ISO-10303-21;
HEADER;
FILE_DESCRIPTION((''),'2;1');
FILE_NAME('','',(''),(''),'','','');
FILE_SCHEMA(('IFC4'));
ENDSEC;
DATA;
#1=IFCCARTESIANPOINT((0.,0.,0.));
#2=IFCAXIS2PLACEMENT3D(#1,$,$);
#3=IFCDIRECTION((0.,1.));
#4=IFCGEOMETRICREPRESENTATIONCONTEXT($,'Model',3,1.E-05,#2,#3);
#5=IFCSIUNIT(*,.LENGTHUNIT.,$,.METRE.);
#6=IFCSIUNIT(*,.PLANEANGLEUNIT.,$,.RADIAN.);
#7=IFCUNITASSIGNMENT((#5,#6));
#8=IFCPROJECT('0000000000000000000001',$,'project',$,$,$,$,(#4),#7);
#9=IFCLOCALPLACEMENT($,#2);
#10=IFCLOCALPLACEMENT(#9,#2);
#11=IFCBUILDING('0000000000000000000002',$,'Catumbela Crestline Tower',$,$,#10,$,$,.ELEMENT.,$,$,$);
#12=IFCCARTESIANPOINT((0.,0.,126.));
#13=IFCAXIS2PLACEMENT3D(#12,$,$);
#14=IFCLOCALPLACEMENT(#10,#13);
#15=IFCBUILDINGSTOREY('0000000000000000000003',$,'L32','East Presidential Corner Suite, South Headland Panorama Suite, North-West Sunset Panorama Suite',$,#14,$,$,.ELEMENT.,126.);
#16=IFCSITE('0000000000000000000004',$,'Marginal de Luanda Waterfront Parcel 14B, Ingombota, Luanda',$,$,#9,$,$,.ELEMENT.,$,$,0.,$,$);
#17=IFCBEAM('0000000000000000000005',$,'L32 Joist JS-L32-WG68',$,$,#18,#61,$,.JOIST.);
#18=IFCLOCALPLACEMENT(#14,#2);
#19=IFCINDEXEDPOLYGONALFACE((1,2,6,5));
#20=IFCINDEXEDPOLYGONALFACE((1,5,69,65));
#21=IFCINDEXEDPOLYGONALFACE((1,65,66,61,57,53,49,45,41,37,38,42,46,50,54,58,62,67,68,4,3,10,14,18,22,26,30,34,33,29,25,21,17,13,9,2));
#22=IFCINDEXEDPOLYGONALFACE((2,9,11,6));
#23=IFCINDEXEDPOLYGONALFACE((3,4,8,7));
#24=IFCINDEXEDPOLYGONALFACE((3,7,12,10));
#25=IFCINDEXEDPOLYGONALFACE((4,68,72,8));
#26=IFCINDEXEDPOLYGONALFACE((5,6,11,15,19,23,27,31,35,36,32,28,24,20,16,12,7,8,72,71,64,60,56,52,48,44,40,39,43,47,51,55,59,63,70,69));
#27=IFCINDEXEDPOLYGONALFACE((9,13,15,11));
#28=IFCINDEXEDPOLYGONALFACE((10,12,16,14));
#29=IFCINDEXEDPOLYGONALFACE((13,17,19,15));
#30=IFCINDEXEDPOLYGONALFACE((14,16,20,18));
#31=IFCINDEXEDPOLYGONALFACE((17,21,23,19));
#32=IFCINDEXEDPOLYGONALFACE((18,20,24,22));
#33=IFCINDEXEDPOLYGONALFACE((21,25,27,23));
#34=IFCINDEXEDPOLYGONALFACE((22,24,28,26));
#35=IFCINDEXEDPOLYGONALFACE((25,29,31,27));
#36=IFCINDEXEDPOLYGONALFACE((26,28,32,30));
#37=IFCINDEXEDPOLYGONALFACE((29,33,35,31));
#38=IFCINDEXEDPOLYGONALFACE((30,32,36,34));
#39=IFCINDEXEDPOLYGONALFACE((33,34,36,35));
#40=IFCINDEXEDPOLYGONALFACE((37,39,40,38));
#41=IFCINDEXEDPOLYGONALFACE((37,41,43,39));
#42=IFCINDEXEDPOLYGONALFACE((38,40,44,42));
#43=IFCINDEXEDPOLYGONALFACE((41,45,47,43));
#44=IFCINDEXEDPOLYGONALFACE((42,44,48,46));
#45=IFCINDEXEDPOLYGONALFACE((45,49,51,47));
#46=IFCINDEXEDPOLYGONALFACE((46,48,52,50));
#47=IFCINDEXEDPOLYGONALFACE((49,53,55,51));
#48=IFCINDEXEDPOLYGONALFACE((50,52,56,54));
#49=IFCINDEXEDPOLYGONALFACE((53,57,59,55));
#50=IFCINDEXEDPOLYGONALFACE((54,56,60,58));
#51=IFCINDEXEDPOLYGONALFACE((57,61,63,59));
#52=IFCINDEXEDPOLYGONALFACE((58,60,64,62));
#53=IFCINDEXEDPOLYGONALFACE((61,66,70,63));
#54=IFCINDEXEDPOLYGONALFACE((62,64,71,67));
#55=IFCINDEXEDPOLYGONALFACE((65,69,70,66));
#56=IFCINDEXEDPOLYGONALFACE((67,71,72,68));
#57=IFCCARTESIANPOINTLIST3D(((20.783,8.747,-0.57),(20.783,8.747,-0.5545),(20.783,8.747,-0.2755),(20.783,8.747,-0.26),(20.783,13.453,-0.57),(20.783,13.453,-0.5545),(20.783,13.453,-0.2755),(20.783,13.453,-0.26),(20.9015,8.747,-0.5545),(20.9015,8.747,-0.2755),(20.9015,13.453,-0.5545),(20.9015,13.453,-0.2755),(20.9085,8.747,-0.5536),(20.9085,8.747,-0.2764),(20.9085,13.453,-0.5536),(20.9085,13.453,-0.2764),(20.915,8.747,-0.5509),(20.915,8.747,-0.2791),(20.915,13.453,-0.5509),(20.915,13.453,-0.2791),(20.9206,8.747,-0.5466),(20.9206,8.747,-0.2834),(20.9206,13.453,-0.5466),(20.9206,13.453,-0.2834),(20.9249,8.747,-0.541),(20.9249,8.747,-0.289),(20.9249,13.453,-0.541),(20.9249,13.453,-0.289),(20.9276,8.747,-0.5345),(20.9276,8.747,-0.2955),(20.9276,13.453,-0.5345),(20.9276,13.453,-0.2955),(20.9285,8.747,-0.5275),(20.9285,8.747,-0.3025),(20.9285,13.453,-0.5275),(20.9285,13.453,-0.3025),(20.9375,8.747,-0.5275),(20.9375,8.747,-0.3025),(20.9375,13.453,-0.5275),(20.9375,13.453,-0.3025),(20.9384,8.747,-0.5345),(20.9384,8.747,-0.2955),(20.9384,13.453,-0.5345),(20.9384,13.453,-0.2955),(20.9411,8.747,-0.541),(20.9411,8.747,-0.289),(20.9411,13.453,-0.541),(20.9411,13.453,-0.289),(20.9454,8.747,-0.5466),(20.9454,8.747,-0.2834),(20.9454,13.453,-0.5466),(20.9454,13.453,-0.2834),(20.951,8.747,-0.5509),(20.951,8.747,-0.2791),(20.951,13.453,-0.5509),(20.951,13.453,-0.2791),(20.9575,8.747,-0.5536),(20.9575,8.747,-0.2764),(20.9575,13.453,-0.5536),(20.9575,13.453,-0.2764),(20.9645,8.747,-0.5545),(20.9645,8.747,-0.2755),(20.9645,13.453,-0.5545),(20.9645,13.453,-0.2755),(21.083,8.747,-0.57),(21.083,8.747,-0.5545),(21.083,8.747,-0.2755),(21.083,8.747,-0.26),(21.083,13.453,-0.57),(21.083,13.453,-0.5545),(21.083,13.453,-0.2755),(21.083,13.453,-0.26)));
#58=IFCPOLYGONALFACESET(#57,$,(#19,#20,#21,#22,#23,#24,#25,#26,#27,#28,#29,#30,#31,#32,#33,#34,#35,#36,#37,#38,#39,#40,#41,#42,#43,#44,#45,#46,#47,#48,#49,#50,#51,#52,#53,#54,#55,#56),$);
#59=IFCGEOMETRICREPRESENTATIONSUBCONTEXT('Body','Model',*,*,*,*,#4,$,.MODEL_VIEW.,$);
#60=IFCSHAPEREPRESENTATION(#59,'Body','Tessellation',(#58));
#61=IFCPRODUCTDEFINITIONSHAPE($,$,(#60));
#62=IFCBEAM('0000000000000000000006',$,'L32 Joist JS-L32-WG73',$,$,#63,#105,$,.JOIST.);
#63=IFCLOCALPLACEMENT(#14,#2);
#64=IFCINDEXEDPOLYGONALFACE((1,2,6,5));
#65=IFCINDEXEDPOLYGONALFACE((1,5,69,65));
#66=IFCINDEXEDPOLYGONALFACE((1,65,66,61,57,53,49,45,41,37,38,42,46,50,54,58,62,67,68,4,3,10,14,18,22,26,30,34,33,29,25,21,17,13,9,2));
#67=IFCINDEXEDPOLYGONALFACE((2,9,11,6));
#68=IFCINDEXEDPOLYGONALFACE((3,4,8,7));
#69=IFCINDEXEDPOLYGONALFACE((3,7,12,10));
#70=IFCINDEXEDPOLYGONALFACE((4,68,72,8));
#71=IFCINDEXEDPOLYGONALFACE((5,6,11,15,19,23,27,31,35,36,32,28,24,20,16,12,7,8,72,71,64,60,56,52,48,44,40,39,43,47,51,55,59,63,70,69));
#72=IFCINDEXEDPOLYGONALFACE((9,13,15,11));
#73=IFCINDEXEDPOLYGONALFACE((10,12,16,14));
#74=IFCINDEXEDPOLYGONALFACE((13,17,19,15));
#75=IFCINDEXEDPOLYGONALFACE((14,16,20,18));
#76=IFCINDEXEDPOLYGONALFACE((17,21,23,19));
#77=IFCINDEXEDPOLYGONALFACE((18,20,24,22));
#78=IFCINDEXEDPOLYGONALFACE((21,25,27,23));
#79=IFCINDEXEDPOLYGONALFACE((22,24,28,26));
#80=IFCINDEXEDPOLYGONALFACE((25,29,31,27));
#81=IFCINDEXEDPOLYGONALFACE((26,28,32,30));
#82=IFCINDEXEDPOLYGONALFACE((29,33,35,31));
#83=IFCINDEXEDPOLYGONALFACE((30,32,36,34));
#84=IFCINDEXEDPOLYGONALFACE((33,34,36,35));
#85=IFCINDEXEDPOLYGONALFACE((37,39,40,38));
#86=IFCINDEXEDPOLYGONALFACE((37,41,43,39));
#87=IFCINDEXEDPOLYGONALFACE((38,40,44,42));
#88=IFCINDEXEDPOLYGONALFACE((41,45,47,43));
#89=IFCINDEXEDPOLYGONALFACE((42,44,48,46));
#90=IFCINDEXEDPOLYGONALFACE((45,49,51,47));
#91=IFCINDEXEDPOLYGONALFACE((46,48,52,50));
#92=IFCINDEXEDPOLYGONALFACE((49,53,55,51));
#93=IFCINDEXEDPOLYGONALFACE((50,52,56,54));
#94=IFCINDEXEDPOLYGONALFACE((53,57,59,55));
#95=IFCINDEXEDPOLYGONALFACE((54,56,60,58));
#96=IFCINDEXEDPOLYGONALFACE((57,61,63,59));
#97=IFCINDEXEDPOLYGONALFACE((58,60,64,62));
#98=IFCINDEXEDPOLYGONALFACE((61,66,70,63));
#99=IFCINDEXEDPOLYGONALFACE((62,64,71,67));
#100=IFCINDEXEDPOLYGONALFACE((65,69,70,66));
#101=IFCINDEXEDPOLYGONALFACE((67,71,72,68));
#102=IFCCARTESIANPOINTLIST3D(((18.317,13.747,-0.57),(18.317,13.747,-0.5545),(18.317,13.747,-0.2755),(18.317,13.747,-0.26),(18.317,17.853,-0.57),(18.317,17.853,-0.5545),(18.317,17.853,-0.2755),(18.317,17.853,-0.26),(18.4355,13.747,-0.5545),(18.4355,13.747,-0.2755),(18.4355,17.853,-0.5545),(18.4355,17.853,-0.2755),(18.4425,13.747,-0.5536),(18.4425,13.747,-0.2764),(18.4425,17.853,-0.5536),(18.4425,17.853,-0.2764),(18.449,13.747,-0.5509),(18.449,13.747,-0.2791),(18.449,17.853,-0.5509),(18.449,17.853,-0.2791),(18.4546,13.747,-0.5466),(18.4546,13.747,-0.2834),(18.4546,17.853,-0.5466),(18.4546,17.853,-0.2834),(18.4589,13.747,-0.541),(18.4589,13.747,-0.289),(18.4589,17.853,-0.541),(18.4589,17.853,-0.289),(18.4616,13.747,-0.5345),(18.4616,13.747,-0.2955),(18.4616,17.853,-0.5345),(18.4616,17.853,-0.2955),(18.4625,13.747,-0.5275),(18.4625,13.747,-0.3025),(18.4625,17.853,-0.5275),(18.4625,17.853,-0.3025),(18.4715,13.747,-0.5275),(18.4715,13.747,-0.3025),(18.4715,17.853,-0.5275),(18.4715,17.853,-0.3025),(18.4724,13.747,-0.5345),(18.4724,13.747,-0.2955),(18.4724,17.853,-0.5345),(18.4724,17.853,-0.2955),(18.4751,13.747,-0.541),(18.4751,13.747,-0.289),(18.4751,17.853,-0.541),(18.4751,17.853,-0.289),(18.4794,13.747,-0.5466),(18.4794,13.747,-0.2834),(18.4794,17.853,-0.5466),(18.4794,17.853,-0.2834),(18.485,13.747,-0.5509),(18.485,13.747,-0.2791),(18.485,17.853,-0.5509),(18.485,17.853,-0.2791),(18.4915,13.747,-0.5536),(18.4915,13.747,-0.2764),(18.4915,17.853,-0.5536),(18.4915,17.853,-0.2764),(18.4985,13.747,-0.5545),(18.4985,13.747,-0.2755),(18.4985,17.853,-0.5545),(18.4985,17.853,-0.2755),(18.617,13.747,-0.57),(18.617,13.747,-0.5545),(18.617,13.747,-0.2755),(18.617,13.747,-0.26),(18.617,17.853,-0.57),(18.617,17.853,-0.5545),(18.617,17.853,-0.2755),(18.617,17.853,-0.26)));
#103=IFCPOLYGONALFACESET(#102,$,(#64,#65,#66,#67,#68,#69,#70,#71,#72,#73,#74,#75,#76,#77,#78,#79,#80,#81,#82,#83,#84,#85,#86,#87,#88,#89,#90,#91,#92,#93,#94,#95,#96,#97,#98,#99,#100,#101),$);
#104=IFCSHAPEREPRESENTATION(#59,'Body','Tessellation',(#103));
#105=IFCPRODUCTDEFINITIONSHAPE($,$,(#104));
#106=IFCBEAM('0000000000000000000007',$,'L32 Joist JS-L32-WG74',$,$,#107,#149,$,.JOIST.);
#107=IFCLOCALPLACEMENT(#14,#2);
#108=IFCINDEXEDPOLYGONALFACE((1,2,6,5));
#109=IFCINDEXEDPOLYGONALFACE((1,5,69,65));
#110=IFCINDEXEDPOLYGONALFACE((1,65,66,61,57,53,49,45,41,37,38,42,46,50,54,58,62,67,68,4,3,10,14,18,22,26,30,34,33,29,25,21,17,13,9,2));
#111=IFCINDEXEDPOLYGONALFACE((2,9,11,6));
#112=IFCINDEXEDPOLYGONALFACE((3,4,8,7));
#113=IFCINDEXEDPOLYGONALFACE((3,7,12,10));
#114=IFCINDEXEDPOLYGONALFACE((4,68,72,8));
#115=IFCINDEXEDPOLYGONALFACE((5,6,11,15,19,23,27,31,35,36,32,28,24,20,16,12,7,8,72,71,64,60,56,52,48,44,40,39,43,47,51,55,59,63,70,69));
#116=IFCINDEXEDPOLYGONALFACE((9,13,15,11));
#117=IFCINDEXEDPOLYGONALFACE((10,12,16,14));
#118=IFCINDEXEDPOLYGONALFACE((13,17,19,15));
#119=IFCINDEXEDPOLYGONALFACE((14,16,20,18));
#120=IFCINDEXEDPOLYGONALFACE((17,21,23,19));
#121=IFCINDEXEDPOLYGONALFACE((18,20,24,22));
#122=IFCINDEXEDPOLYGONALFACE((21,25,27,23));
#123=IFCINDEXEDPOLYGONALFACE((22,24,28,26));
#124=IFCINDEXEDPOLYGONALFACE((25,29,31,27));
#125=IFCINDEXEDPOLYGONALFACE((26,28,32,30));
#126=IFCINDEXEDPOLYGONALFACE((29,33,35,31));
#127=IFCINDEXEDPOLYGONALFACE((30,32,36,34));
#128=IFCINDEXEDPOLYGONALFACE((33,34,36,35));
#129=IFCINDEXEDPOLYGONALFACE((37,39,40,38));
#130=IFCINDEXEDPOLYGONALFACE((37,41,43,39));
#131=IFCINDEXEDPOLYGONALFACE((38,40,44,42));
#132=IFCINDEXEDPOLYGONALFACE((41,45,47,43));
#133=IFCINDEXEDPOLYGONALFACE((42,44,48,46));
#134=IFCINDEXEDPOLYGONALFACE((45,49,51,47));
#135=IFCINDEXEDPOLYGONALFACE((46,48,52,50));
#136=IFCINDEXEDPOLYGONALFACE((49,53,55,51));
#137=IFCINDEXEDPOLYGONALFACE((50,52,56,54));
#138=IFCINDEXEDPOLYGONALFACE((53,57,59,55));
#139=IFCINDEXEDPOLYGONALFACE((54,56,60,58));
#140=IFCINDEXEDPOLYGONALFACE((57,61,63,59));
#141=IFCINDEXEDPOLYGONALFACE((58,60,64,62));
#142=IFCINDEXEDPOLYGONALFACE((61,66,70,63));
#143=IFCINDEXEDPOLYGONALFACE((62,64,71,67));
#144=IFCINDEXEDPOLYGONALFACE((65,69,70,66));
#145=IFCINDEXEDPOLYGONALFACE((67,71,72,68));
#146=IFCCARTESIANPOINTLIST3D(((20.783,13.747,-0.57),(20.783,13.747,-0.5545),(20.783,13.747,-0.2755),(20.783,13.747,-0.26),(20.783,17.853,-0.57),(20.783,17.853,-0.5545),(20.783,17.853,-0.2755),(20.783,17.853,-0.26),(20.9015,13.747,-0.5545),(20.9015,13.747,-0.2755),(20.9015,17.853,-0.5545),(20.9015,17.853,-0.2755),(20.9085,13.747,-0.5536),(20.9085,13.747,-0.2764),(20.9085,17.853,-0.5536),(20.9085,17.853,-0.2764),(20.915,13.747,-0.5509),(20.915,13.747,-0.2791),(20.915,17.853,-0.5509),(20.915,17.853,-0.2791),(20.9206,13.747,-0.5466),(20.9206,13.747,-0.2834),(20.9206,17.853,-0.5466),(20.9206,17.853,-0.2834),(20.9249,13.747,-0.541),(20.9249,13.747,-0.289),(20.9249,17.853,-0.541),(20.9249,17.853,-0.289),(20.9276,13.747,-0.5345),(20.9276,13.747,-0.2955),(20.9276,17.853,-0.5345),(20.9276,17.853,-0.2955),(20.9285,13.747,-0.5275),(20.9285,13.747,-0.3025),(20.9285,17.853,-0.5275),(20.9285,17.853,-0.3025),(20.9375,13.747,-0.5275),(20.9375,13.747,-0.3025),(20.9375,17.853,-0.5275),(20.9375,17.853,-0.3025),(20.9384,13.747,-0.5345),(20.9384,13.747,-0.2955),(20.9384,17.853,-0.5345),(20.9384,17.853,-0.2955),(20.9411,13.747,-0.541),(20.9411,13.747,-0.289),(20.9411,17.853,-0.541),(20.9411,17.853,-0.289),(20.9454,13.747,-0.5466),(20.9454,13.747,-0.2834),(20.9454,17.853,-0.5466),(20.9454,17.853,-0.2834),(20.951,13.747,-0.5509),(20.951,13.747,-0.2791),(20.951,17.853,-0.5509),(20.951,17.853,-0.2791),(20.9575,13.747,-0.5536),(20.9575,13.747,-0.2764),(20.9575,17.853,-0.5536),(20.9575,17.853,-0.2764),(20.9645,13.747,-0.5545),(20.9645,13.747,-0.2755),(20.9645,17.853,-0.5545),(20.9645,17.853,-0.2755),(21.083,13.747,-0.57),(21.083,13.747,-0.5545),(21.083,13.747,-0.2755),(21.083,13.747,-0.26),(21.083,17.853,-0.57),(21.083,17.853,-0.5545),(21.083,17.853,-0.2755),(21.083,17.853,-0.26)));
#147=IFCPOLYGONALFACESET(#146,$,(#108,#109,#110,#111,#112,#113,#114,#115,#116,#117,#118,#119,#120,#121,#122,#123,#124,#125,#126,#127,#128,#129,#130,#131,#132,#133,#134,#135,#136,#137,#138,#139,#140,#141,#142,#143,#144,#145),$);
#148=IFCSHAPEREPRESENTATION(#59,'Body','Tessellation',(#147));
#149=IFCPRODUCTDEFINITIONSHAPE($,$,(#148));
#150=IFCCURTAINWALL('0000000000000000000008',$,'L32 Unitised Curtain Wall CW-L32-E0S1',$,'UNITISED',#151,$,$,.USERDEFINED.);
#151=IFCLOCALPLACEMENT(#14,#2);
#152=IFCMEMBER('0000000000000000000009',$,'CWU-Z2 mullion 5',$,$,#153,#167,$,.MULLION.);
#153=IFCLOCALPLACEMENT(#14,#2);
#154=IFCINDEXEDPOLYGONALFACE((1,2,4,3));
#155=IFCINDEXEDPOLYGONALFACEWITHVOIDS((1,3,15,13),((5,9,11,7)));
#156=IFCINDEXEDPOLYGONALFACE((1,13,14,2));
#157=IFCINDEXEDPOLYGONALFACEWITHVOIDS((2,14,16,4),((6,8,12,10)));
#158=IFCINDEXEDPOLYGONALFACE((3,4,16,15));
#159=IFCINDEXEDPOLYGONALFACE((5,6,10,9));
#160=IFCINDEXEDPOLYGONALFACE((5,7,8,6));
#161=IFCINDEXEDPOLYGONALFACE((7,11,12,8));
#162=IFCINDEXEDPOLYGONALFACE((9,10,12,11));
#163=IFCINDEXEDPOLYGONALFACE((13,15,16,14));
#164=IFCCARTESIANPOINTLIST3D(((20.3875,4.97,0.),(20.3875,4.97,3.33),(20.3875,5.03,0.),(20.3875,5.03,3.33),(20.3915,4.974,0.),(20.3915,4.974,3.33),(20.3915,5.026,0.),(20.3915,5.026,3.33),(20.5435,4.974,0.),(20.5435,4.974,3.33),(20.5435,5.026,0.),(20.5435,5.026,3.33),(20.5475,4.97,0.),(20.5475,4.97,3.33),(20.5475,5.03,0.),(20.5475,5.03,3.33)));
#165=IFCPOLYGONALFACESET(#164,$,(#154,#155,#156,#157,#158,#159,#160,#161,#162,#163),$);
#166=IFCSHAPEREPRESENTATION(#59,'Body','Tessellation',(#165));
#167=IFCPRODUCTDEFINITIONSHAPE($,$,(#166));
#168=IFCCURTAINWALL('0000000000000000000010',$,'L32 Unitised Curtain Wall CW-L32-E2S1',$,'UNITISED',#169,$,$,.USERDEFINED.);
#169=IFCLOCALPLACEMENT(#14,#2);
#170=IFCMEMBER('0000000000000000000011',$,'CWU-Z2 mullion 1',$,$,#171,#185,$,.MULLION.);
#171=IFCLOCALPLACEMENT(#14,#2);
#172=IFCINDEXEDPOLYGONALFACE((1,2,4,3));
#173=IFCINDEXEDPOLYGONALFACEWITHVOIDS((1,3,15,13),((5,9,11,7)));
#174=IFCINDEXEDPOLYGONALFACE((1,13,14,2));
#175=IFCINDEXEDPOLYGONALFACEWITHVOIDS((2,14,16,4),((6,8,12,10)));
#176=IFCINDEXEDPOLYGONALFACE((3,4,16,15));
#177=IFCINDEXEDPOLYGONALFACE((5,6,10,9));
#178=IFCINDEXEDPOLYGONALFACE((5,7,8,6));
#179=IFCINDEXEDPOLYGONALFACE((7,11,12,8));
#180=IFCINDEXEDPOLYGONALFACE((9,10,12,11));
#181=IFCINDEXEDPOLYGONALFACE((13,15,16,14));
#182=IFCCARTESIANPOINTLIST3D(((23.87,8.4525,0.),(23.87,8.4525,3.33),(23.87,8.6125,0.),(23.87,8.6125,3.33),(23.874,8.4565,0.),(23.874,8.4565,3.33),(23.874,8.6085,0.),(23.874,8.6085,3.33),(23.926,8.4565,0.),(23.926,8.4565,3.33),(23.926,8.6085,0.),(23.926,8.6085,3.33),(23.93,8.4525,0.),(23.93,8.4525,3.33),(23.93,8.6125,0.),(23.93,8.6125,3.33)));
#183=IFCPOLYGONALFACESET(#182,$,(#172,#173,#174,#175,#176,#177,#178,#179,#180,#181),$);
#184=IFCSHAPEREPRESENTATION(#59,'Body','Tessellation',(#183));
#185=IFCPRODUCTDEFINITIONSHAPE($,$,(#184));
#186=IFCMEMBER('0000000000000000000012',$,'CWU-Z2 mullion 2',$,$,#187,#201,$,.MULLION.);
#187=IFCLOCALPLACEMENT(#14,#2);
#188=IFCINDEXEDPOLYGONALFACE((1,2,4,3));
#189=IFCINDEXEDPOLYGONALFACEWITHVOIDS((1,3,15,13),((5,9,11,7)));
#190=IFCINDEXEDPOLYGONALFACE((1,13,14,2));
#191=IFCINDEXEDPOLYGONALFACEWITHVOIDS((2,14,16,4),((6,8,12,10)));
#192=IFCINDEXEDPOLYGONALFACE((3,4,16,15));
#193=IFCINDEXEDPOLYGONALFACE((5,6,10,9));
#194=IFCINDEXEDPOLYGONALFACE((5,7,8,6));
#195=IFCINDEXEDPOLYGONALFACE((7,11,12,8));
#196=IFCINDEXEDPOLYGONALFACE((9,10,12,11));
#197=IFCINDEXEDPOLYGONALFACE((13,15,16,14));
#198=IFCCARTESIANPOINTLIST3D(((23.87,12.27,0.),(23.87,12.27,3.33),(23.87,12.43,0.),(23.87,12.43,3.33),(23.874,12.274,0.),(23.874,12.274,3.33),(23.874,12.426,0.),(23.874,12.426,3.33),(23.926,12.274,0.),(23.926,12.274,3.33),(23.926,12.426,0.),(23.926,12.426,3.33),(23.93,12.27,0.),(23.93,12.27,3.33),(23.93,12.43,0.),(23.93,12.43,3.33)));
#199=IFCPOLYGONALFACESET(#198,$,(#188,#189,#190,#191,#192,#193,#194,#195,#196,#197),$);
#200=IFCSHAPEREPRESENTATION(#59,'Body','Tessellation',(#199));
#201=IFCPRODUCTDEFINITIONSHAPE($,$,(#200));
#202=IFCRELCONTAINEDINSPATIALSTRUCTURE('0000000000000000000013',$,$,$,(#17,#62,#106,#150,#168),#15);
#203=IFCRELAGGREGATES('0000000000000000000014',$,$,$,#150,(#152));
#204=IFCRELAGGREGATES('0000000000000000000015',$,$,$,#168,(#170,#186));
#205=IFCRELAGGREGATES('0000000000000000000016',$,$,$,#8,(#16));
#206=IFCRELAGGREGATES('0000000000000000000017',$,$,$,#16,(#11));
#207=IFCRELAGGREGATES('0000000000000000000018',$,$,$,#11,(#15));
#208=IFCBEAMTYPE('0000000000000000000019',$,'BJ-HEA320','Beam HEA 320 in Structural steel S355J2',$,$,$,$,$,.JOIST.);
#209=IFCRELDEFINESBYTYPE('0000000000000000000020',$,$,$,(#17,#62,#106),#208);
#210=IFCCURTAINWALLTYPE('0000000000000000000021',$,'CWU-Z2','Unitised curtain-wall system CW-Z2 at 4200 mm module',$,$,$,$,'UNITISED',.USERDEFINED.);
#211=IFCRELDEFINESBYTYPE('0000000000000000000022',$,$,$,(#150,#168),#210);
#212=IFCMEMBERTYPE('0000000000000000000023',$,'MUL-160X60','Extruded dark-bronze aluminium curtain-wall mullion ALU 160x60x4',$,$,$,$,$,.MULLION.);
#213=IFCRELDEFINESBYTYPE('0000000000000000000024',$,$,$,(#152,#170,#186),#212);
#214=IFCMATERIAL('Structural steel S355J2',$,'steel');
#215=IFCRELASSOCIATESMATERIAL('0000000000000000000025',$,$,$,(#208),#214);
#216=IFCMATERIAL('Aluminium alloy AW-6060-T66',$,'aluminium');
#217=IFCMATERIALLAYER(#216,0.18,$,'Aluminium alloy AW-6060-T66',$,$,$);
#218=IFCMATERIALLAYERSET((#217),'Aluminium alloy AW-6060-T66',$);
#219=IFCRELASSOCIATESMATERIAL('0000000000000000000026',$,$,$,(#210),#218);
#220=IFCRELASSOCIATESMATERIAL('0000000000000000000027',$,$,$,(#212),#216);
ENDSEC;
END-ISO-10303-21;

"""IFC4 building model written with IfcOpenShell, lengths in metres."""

from ifc_helpers import new_model, si_unit, direction, frame, origin, origin_2d, place, context, subcontext, project, spatial, hollow_rectangle, i_section, extrude, material, layer, layer_set, material_profile, profile_set, type_object, element, aggregate, save


model = new_model("IFC4")

# Units and contexts
model_context = context("Model", 3, precision=1e-05, world=origin(), true_north=direction((0.0, 1.0)))
body_context = subcontext(model_context, "Body", "Model", "MODEL_VIEW")
ifc_project = project(units=[si_unit("LENGTHUNIT", "METRE"), si_unit("PLANEANGLEUNIT", "RADIAN")], contexts=[model_context])

# Site, building, storey
site_placement = place(None, origin())
site = spatial("IfcSite", under=ifc_project, at=site_placement, Name="Marginal de Luanda Waterfront Parcel 14B, Ingombota, Luanda", CompositionType="ELEMENT", RefElevation=0.0)
building_placement = place(site_placement, origin())
building = spatial("IfcBuilding", under=site, at=building_placement, Name="Catumbela Crestline Tower", CompositionType="ELEMENT")
storey_placement = place(building_placement, frame((0.0, 0.0, 126.0)))
storey = spatial("IfcBuildingStorey", under=building, at=storey_placement, Name="L32", Description="East Presidential Corner Suite, South Headland Panorama Suite, North-West Sunset Panorama Suite", CompositionType="ELEMENT", Elevation=126.0)

# Beams
ifc_material_1 = material(Name="Structural steel S355J2", Category="steel")
ifc_material_profile_1 = material_profile(ifc_material_1, i_section(OverallWidth=0.3, OverallDepth=0.31, WebThickness=0.009, FlangeThickness=0.0155, FilletRadius=0.027, at=origin_2d()), Name="HEA 320")
ifc_profile_set_1 = profile_set([ifc_material_profile_1], Name="Structural steel S355J2")
beam_type_1 = type_object("IfcBeamType", Name="BJ-HEA320", Description="Beam HEA 320 in Structural steel S355J2", PredefinedType="JOIST", material=ifc_profile_set_1)
for number, where, z_axis, x_axis, name in (
    (1, (20.933, 8.747, -0.415), (0.0, 1.0, 0.0), (-1.0, 0.0, 0.0), "L32 Joist JS-L32-WG68"),
):
    element("IfcBeam", number, at=place(storey_placement, frame(where, z_axis=z_axis, x_axis=x_axis)), inside=storey, type_object=beam_type_1, Name=name, PredefinedType="JOIST", context=body_context, shape_type="SweptSolid", body=[
        extrude(i_section(OverallWidth=0.3, OverallDepth=0.31, WebThickness=0.009, FlangeThickness=0.0155, FilletRadius=0.027, at=origin_2d()), origin(), (0.0, 0.0, 1.0), 4.706),
    ])
for number, where, z_axis, x_axis, name in (
    (2, (18.467, 13.747, -0.415), (0.0, 1.0, 0.0), (-1.0, 0.0, 0.0), "L32 Joist JS-L32-WG73"),
    (3, (20.933, 13.747, -0.415), (0.0, 1.0, 0.0), (-1.0, 0.0, 0.0), "L32 Joist JS-L32-WG74"),
):
    element("IfcBeam", number, at=place(storey_placement, frame(where, z_axis=z_axis, x_axis=x_axis)), inside=storey, type_object=beam_type_1, Name=name, PredefinedType="JOIST", context=body_context, shape_type="SweptSolid", body=[
        extrude(i_section(OverallWidth=0.3, OverallDepth=0.31, WebThickness=0.009, FlangeThickness=0.0155, FilletRadius=0.027, at=origin_2d()), origin(), (0.0, 0.0, 1.0), 4.106),
    ])

# Curtain wall, member
ifc_material_2 = material(Name="Aluminium alloy AW-6060-T66", Category="aluminium")
ifc_layer_1 = layer(ifc_material_2, 0.18, Name="Aluminium alloy AW-6060-T66")
ifc_layer_set_1 = layer_set([ifc_layer_1], Name="Aluminium alloy AW-6060-T66")
curtain_wall_type = type_object("IfcCurtainWallType", Name="CWU-Z2", Description="Unitised curtain-wall system CW-Z2 at 4200 mm module", ElementType="UNITISED", PredefinedType="USERDEFINED", material=ifc_layer_set_1)
curtain_wall_1_placement = place(storey_placement, origin())
curtain_wall_1 = element("IfcCurtainWall", 4, at=curtain_wall_1_placement, inside=storey, type_object=curtain_wall_type, Name="L32 Unitised Curtain Wall CW-L32-E0S1", ObjectType="UNITISED", PredefinedType="USERDEFINED")
ifc_material_profile_2 = material_profile(ifc_material_2, hollow_rectangle(XDim=0.06, YDim=0.16, WallThickness=0.004, at=origin_2d()), Name="ALU 160x60x4")
ifc_profile_set_2 = profile_set([ifc_material_profile_2], Name="Aluminium alloy AW-6060-T66")
member_type_1 = type_object("IfcMemberType", Name="MUL-160X60", Description="Extruded dark-bronze aluminium curtain-wall mullion ALU 160x60x4", PredefinedType="MULLION", material=ifc_profile_set_2)
member_1_placement = place(storey_placement, frame((20.4675, 5.0, 0.0), z_axis=(0.0, 0.0, 1.0), x_axis=(0.0, 1.0, 0.0)))
member_1 = element("IfcMember", 5, at=member_1_placement, type_object=member_type_1, Name="CWU-Z2 mullion 5", PredefinedType="MULLION", context=body_context, shape_type="SweptSolid", body=[
    extrude(hollow_rectangle(XDim=0.06, YDim=0.16, WallThickness=0.004, at=origin_2d()), origin(), (0.0, 0.0, 1.0), 3.33),
])

# Curtain wall, members
curtain_wall_2_placement = place(storey_placement, origin())
curtain_wall_2 = element("IfcCurtainWall", 6, at=curtain_wall_2_placement, inside=storey, type_object=curtain_wall_type, Name="L32 Unitised Curtain Wall CW-L32-E2S1", ObjectType="UNITISED", PredefinedType="USERDEFINED")
member_2_placement = place(storey_placement, frame((23.9, 8.5325, 0.0), z_axis=(0.0, 0.0, 1.0), x_axis=(-1.0, 0.0, 0.0)))
member_2 = element("IfcMember", 7, at=member_2_placement, type_object=member_type_1, Name="CWU-Z2 mullion 1", PredefinedType="MULLION", context=body_context, shape_type="SweptSolid", body=[
    extrude(hollow_rectangle(XDim=0.06, YDim=0.16, WallThickness=0.004, at=origin_2d()), origin(), (0.0, 0.0, 1.0), 3.33),
])
member_3_placement = place(storey_placement, frame((23.9, 12.35, 0.0), z_axis=(0.0, 0.0, 1.0), x_axis=(-1.0, 0.0, 0.0)))
member_3 = element("IfcMember", 8, at=member_3_placement, type_object=member_type_1, Name="CWU-Z2 mullion 2", PredefinedType="MULLION", context=body_context, shape_type="SweptSolid", body=[
    extrude(hollow_rectangle(XDim=0.06, YDim=0.16, WallThickness=0.004, at=origin_2d()), origin(), (0.0, 0.0, 1.0), 3.33),
])

aggregate(curtain_wall_1, [member_1])
aggregate(curtain_wall_2, [member_2, member_3])

save(model, "model.ifc")
